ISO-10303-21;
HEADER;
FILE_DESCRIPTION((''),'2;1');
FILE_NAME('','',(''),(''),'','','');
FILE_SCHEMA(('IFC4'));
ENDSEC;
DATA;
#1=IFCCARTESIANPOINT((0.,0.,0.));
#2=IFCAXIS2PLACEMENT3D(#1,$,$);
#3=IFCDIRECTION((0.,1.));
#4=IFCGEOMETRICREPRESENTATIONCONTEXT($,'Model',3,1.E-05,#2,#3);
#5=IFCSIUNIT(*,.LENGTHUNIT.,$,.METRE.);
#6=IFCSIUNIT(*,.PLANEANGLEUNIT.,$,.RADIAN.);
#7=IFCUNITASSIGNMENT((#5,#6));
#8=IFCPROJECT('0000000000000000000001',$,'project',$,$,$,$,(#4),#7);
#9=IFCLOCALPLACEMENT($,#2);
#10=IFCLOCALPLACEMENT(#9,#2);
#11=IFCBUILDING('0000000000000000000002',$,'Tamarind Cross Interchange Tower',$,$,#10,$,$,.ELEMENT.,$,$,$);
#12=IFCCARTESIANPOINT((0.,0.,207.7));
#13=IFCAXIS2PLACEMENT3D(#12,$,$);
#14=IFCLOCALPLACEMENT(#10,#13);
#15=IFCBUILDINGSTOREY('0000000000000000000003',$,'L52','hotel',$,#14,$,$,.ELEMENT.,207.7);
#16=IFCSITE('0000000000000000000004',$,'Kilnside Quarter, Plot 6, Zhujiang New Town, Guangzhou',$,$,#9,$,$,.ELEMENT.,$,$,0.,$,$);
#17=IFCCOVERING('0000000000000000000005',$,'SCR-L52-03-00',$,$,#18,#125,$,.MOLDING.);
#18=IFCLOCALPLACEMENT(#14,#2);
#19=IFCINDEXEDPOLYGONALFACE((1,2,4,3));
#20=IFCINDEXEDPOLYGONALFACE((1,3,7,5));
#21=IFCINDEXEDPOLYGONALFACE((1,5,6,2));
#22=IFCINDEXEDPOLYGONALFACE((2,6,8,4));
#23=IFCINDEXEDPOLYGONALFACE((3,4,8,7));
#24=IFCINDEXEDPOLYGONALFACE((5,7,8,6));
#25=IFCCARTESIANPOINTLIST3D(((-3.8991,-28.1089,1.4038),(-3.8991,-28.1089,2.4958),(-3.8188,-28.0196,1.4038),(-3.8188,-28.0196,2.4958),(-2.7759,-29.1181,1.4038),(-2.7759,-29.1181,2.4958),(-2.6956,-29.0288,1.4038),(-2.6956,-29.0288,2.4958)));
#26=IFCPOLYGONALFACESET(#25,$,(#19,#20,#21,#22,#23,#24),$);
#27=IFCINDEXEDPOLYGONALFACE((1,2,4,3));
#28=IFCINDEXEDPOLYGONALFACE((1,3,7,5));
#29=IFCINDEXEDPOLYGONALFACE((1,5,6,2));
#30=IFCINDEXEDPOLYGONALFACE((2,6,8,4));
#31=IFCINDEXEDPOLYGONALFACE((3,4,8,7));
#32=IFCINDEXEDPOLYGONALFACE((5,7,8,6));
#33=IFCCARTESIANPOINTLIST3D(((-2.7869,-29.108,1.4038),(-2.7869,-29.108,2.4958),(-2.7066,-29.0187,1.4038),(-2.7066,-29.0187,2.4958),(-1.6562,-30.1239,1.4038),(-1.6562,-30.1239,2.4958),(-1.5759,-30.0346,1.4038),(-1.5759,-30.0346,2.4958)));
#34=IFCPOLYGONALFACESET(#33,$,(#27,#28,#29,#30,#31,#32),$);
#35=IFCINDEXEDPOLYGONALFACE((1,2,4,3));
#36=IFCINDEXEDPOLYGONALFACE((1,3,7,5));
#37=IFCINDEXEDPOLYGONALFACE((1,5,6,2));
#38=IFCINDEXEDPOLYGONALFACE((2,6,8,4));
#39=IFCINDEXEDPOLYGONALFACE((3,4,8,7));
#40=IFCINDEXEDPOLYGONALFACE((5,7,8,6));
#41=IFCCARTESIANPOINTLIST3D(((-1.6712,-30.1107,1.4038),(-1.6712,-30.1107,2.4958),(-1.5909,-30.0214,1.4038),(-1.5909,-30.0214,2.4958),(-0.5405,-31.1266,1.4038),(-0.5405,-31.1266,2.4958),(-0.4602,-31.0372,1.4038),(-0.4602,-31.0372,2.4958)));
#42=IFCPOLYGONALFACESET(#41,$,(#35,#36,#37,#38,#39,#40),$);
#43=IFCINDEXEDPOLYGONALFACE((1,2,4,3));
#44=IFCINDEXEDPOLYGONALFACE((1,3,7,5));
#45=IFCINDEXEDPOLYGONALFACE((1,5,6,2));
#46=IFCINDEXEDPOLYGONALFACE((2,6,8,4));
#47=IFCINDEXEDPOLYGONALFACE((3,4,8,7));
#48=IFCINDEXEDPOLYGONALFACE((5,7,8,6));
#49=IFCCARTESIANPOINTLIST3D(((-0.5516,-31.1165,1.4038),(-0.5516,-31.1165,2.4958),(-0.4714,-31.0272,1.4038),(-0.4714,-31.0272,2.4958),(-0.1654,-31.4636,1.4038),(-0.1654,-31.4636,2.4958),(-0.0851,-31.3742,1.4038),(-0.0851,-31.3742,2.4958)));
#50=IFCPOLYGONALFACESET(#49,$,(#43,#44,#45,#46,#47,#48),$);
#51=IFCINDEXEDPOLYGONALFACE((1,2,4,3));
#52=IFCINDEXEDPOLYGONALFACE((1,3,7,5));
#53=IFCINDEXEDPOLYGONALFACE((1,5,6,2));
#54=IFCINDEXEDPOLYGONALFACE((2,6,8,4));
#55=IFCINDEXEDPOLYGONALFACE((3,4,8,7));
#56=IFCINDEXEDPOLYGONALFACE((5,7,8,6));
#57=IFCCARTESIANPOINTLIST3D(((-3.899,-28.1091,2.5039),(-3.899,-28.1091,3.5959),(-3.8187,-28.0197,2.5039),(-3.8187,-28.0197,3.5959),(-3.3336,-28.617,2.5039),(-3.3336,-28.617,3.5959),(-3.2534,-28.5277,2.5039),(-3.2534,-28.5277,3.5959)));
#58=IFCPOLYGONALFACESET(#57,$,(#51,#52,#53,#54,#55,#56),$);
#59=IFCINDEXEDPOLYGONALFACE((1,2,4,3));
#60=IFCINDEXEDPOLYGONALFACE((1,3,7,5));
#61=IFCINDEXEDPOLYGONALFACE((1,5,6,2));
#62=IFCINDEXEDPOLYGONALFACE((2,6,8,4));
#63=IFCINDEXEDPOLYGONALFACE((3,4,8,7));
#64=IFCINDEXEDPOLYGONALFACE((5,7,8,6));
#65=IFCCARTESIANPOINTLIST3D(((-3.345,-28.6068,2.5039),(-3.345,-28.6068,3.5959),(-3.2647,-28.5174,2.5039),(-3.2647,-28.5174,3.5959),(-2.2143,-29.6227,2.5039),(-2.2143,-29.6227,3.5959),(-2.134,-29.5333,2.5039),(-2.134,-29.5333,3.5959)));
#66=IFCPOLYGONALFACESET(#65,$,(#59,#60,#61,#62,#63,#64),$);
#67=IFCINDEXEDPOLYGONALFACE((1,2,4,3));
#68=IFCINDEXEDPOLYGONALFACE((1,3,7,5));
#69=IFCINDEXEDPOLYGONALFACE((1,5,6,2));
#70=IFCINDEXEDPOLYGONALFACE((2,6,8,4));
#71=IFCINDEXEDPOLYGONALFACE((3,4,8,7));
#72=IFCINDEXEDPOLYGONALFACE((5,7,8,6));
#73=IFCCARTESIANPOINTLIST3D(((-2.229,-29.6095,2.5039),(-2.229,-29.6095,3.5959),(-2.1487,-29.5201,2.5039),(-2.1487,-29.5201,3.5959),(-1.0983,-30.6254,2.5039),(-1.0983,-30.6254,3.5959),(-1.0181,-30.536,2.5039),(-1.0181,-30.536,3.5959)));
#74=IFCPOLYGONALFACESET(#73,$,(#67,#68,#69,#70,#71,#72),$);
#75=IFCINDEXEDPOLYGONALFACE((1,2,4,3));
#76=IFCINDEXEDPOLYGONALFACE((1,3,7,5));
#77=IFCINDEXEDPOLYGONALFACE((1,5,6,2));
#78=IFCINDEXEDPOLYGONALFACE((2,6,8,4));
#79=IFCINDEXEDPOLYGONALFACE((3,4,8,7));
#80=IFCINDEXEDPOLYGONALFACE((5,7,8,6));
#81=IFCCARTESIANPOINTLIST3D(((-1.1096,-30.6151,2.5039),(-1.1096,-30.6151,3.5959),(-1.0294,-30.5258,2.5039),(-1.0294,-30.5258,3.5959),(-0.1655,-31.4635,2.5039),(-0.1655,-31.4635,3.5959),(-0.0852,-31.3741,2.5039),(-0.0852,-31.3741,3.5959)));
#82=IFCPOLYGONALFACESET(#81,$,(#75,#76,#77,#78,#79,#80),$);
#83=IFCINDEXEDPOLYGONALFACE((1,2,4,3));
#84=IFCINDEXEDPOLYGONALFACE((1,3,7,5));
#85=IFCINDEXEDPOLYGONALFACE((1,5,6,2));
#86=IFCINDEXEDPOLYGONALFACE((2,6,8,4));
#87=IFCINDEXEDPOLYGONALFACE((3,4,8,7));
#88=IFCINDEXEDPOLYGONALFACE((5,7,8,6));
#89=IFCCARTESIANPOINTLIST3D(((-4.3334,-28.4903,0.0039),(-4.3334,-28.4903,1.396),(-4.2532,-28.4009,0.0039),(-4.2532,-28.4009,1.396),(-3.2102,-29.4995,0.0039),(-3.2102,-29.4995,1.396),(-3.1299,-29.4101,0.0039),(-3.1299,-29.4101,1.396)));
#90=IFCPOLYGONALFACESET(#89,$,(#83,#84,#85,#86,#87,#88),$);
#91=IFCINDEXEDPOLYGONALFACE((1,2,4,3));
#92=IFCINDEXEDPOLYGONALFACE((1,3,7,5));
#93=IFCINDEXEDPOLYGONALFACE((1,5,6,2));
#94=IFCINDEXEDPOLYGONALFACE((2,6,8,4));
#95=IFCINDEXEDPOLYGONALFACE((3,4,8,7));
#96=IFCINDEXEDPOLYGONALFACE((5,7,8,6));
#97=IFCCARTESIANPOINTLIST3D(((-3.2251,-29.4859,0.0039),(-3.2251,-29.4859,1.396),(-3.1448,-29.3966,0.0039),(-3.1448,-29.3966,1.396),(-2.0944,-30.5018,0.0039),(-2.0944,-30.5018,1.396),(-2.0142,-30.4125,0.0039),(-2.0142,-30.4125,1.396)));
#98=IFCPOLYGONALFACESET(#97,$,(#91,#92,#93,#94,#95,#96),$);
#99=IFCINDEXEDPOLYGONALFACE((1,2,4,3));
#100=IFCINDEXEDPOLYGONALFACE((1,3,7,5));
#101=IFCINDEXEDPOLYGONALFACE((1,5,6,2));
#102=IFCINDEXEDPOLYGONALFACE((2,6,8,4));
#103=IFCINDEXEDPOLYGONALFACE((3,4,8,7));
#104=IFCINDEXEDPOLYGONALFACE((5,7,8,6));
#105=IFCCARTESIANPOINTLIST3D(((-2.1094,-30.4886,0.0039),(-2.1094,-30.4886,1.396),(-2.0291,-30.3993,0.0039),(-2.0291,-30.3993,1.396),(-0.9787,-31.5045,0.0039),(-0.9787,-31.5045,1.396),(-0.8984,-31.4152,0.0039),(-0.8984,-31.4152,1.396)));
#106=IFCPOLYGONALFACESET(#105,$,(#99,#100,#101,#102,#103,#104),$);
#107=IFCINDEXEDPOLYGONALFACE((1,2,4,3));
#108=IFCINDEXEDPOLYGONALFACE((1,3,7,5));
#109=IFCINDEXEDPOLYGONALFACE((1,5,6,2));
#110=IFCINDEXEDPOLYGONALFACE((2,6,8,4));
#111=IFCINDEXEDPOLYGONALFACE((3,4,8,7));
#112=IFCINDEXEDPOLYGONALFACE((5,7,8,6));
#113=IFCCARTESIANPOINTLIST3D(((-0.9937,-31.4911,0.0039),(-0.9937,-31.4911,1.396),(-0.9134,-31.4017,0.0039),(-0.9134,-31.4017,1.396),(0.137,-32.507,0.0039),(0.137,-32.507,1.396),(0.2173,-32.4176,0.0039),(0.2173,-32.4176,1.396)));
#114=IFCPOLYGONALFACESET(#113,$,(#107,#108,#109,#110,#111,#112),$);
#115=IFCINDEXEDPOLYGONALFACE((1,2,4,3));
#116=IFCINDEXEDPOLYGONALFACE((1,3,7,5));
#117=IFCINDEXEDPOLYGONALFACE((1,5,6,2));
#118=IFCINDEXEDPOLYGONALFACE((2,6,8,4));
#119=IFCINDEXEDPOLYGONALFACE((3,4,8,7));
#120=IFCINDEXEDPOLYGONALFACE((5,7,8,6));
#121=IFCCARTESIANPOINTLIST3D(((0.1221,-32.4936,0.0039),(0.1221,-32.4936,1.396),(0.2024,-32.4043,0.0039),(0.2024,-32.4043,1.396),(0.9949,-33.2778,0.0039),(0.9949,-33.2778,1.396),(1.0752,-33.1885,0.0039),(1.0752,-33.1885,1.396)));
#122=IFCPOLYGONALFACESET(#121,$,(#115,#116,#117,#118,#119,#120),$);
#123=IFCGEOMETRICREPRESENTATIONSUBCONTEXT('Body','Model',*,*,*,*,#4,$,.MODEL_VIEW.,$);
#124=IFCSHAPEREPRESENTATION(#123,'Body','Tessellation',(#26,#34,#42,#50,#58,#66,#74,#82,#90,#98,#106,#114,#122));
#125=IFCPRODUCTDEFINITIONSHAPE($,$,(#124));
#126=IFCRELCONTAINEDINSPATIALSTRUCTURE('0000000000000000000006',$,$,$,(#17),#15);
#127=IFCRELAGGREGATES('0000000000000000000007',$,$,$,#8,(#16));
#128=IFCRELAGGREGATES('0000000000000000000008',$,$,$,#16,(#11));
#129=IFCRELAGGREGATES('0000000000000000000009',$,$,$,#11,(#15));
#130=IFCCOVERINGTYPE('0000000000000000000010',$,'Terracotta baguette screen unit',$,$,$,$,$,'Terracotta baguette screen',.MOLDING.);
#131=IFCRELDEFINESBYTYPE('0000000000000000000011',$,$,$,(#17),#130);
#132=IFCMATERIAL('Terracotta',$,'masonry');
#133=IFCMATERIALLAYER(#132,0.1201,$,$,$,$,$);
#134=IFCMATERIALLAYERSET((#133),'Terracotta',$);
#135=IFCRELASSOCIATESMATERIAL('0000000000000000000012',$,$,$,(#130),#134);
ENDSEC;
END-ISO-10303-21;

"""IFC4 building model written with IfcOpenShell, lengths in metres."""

from ifc_helpers import new_model, si_unit, direction, frame, origin, origin_2d, place, context, subcontext, project, spatial, rectangle, extrude, material, layer, layer_set, type_object, element, save


model = new_model("IFC4")

# Units and contexts
model_context = context("Model", 3, precision=1e-05, world=origin(), true_north=direction((0.0, 1.0)))
body_context = subcontext(model_context, "Body", "Model", "MODEL_VIEW")
ifc_project = project(units=[si_unit("LENGTHUNIT", "METRE"), si_unit("PLANEANGLEUNIT", "RADIAN")], contexts=[model_context])

# Site, building, storey
site_placement = place(None, origin())
site = spatial("IfcSite", under=ifc_project, at=site_placement, Name="Kilnside Quarter, Plot 6, Zhujiang New Town, Guangzhou", CompositionType="ELEMENT", RefElevation=0.0)
building_placement = place(site_placement, origin())
building = spatial("IfcBuilding", under=site, at=building_placement, Name="Tamarind Cross Interchange Tower", CompositionType="ELEMENT")
storey_placement = place(building_placement, frame((0.0, 0.0, 207.7)))
storey = spatial("IfcBuildingStorey", under=building, at=storey_placement, Name="L52", Description="hotel", CompositionType="ELEMENT", Elevation=207.7)

# Covering
ifc_material_1 = material(Name="Terracotta", Category="masonry")
ifc_layer_1 = layer(ifc_material_1, 0.1201)
ifc_layer_set_1 = layer_set([ifc_layer_1], Name="Terracotta")
covering_type = type_object("IfcCoveringType", Name="Terracotta baguette screen unit", ElementType="Terracotta baguette screen", PredefinedType="MOLDING", material=ifc_layer_set_1)
covering_1_placement = place(storey_placement, origin())
element("IfcCovering", 1, at=covering_1_placement, inside=storey, type_object=covering_type, Name="SCR-L52-03-00", PredefinedType="MOLDING", context=body_context, shape_type="SweptSolid", body=[
    extrude(rectangle(XDim=1.51, YDim=0.1201, at=origin_2d()), frame((-3.2974, -28.5688, 1.4038), z_axis=(0.0, 0.0, 1.0), x_axis=(0.743854, -0.668342, 0.0)), (0.0, 0.0, 1.0), 1.092),
    extrude(rectangle(XDim=1.52, YDim=0.1201, at=origin_2d()), frame((-2.1814, -29.5713, 1.4038), z_axis=(0.0, 0.0, 1.0), x_axis=(0.743854, -0.668342, 0.0)), (0.0, 0.0, 1.0), 1.092),
    extrude(rectangle(XDim=1.52, YDim=0.1201, at=origin_2d()), frame((-1.0657, -30.574, 1.4038), z_axis=(0.0, 0.0, 1.0), x_axis=(0.743854, -0.668342, 0.0)), (0.0, 0.0, 1.0), 1.092),
    extrude(rectangle(XDim=0.5193, YDim=0.1201, at=origin_2d()), frame((-0.3184, -31.2454, 1.4038), z_axis=(0.0, 0.0, 1.0), x_axis=(0.743854, -0.668342, 0.0)), (0.0, 0.0, 1.0), 1.092),
    extrude(rectangle(XDim=0.76, YDim=0.1201, at=origin_2d()), frame((-3.5762, -28.3184, 2.5039), z_axis=(0.0, 0.0, 1.0), x_axis=(0.743854, -0.668342, 0.0)), (0.0, 0.0, 1.0), 1.092),
    extrude(rectangle(XDim=1.52, YDim=0.1201, at=origin_2d()), frame((-2.7395, -29.0701, 2.5039), z_axis=(0.0, 0.0, 1.0), x_axis=(0.743854, -0.668342, 0.0)), (0.0, 0.0, 1.0), 1.092),
    extrude(rectangle(XDim=1.52, YDim=0.1201, at=origin_2d()), frame((-1.6235, -30.0728, 2.5039), z_axis=(0.0, 0.0, 1.0), x_axis=(0.743854, -0.668342, 0.0)), (0.0, 0.0, 1.0), 1.092),
    extrude(rectangle(XDim=1.2693, YDim=0.1201, at=origin_2d()), frame((-0.5974, -30.9946, 2.5039), z_axis=(0.0, 0.0, 1.0), x_axis=(0.743854, -0.668342, 0.0)), (0.0, 0.0, 1.0), 1.092),
    extrude(rectangle(XDim=1.51, YDim=0.1201, at=origin_2d()), frame((-3.7317, -28.9502, 0.0039), z_axis=(0.0, 0.0, 1.0), x_axis=(0.743854, -0.668342, 0.0)), (0.0, 0.0, 1.0), 1.3921),
    extrude(rectangle(XDim=1.52, YDim=0.1201, at=origin_2d()), frame((-2.6196, -29.9492, 0.0039), z_axis=(0.0, 0.0, 1.0), x_axis=(0.743854, -0.668342, 0.0)), (0.0, 0.0, 1.0), 1.3921),
    extrude(rectangle(XDim=1.52, YDim=0.1201, at=origin_2d()), frame((-1.5039, -30.9519, 0.0039), z_axis=(0.0, 0.0, 1.0), x_axis=(0.743854, -0.668342, 0.0)), (0.0, 0.0, 1.0), 1.3921),
    extrude(rectangle(XDim=1.52, YDim=0.1201, at=origin_2d()), frame((-0.3882, -31.9543, 0.0039), z_axis=(0.0, 0.0, 1.0), x_axis=(0.743854, -0.668342, 0.0)), (0.0, 0.0, 1.0), 1.3921),
    extrude(rectangle(XDim=1.1733, YDim=0.1201, at=origin_2d()), frame((0.5986, -32.8411, 0.0039), z_axis=(0.0, 0.0, 1.0), x_axis=(0.743854, -0.668342, 0.0)), (0.0, 0.0, 1.0), 1.3921),
])

save(model, "model.ifc")
